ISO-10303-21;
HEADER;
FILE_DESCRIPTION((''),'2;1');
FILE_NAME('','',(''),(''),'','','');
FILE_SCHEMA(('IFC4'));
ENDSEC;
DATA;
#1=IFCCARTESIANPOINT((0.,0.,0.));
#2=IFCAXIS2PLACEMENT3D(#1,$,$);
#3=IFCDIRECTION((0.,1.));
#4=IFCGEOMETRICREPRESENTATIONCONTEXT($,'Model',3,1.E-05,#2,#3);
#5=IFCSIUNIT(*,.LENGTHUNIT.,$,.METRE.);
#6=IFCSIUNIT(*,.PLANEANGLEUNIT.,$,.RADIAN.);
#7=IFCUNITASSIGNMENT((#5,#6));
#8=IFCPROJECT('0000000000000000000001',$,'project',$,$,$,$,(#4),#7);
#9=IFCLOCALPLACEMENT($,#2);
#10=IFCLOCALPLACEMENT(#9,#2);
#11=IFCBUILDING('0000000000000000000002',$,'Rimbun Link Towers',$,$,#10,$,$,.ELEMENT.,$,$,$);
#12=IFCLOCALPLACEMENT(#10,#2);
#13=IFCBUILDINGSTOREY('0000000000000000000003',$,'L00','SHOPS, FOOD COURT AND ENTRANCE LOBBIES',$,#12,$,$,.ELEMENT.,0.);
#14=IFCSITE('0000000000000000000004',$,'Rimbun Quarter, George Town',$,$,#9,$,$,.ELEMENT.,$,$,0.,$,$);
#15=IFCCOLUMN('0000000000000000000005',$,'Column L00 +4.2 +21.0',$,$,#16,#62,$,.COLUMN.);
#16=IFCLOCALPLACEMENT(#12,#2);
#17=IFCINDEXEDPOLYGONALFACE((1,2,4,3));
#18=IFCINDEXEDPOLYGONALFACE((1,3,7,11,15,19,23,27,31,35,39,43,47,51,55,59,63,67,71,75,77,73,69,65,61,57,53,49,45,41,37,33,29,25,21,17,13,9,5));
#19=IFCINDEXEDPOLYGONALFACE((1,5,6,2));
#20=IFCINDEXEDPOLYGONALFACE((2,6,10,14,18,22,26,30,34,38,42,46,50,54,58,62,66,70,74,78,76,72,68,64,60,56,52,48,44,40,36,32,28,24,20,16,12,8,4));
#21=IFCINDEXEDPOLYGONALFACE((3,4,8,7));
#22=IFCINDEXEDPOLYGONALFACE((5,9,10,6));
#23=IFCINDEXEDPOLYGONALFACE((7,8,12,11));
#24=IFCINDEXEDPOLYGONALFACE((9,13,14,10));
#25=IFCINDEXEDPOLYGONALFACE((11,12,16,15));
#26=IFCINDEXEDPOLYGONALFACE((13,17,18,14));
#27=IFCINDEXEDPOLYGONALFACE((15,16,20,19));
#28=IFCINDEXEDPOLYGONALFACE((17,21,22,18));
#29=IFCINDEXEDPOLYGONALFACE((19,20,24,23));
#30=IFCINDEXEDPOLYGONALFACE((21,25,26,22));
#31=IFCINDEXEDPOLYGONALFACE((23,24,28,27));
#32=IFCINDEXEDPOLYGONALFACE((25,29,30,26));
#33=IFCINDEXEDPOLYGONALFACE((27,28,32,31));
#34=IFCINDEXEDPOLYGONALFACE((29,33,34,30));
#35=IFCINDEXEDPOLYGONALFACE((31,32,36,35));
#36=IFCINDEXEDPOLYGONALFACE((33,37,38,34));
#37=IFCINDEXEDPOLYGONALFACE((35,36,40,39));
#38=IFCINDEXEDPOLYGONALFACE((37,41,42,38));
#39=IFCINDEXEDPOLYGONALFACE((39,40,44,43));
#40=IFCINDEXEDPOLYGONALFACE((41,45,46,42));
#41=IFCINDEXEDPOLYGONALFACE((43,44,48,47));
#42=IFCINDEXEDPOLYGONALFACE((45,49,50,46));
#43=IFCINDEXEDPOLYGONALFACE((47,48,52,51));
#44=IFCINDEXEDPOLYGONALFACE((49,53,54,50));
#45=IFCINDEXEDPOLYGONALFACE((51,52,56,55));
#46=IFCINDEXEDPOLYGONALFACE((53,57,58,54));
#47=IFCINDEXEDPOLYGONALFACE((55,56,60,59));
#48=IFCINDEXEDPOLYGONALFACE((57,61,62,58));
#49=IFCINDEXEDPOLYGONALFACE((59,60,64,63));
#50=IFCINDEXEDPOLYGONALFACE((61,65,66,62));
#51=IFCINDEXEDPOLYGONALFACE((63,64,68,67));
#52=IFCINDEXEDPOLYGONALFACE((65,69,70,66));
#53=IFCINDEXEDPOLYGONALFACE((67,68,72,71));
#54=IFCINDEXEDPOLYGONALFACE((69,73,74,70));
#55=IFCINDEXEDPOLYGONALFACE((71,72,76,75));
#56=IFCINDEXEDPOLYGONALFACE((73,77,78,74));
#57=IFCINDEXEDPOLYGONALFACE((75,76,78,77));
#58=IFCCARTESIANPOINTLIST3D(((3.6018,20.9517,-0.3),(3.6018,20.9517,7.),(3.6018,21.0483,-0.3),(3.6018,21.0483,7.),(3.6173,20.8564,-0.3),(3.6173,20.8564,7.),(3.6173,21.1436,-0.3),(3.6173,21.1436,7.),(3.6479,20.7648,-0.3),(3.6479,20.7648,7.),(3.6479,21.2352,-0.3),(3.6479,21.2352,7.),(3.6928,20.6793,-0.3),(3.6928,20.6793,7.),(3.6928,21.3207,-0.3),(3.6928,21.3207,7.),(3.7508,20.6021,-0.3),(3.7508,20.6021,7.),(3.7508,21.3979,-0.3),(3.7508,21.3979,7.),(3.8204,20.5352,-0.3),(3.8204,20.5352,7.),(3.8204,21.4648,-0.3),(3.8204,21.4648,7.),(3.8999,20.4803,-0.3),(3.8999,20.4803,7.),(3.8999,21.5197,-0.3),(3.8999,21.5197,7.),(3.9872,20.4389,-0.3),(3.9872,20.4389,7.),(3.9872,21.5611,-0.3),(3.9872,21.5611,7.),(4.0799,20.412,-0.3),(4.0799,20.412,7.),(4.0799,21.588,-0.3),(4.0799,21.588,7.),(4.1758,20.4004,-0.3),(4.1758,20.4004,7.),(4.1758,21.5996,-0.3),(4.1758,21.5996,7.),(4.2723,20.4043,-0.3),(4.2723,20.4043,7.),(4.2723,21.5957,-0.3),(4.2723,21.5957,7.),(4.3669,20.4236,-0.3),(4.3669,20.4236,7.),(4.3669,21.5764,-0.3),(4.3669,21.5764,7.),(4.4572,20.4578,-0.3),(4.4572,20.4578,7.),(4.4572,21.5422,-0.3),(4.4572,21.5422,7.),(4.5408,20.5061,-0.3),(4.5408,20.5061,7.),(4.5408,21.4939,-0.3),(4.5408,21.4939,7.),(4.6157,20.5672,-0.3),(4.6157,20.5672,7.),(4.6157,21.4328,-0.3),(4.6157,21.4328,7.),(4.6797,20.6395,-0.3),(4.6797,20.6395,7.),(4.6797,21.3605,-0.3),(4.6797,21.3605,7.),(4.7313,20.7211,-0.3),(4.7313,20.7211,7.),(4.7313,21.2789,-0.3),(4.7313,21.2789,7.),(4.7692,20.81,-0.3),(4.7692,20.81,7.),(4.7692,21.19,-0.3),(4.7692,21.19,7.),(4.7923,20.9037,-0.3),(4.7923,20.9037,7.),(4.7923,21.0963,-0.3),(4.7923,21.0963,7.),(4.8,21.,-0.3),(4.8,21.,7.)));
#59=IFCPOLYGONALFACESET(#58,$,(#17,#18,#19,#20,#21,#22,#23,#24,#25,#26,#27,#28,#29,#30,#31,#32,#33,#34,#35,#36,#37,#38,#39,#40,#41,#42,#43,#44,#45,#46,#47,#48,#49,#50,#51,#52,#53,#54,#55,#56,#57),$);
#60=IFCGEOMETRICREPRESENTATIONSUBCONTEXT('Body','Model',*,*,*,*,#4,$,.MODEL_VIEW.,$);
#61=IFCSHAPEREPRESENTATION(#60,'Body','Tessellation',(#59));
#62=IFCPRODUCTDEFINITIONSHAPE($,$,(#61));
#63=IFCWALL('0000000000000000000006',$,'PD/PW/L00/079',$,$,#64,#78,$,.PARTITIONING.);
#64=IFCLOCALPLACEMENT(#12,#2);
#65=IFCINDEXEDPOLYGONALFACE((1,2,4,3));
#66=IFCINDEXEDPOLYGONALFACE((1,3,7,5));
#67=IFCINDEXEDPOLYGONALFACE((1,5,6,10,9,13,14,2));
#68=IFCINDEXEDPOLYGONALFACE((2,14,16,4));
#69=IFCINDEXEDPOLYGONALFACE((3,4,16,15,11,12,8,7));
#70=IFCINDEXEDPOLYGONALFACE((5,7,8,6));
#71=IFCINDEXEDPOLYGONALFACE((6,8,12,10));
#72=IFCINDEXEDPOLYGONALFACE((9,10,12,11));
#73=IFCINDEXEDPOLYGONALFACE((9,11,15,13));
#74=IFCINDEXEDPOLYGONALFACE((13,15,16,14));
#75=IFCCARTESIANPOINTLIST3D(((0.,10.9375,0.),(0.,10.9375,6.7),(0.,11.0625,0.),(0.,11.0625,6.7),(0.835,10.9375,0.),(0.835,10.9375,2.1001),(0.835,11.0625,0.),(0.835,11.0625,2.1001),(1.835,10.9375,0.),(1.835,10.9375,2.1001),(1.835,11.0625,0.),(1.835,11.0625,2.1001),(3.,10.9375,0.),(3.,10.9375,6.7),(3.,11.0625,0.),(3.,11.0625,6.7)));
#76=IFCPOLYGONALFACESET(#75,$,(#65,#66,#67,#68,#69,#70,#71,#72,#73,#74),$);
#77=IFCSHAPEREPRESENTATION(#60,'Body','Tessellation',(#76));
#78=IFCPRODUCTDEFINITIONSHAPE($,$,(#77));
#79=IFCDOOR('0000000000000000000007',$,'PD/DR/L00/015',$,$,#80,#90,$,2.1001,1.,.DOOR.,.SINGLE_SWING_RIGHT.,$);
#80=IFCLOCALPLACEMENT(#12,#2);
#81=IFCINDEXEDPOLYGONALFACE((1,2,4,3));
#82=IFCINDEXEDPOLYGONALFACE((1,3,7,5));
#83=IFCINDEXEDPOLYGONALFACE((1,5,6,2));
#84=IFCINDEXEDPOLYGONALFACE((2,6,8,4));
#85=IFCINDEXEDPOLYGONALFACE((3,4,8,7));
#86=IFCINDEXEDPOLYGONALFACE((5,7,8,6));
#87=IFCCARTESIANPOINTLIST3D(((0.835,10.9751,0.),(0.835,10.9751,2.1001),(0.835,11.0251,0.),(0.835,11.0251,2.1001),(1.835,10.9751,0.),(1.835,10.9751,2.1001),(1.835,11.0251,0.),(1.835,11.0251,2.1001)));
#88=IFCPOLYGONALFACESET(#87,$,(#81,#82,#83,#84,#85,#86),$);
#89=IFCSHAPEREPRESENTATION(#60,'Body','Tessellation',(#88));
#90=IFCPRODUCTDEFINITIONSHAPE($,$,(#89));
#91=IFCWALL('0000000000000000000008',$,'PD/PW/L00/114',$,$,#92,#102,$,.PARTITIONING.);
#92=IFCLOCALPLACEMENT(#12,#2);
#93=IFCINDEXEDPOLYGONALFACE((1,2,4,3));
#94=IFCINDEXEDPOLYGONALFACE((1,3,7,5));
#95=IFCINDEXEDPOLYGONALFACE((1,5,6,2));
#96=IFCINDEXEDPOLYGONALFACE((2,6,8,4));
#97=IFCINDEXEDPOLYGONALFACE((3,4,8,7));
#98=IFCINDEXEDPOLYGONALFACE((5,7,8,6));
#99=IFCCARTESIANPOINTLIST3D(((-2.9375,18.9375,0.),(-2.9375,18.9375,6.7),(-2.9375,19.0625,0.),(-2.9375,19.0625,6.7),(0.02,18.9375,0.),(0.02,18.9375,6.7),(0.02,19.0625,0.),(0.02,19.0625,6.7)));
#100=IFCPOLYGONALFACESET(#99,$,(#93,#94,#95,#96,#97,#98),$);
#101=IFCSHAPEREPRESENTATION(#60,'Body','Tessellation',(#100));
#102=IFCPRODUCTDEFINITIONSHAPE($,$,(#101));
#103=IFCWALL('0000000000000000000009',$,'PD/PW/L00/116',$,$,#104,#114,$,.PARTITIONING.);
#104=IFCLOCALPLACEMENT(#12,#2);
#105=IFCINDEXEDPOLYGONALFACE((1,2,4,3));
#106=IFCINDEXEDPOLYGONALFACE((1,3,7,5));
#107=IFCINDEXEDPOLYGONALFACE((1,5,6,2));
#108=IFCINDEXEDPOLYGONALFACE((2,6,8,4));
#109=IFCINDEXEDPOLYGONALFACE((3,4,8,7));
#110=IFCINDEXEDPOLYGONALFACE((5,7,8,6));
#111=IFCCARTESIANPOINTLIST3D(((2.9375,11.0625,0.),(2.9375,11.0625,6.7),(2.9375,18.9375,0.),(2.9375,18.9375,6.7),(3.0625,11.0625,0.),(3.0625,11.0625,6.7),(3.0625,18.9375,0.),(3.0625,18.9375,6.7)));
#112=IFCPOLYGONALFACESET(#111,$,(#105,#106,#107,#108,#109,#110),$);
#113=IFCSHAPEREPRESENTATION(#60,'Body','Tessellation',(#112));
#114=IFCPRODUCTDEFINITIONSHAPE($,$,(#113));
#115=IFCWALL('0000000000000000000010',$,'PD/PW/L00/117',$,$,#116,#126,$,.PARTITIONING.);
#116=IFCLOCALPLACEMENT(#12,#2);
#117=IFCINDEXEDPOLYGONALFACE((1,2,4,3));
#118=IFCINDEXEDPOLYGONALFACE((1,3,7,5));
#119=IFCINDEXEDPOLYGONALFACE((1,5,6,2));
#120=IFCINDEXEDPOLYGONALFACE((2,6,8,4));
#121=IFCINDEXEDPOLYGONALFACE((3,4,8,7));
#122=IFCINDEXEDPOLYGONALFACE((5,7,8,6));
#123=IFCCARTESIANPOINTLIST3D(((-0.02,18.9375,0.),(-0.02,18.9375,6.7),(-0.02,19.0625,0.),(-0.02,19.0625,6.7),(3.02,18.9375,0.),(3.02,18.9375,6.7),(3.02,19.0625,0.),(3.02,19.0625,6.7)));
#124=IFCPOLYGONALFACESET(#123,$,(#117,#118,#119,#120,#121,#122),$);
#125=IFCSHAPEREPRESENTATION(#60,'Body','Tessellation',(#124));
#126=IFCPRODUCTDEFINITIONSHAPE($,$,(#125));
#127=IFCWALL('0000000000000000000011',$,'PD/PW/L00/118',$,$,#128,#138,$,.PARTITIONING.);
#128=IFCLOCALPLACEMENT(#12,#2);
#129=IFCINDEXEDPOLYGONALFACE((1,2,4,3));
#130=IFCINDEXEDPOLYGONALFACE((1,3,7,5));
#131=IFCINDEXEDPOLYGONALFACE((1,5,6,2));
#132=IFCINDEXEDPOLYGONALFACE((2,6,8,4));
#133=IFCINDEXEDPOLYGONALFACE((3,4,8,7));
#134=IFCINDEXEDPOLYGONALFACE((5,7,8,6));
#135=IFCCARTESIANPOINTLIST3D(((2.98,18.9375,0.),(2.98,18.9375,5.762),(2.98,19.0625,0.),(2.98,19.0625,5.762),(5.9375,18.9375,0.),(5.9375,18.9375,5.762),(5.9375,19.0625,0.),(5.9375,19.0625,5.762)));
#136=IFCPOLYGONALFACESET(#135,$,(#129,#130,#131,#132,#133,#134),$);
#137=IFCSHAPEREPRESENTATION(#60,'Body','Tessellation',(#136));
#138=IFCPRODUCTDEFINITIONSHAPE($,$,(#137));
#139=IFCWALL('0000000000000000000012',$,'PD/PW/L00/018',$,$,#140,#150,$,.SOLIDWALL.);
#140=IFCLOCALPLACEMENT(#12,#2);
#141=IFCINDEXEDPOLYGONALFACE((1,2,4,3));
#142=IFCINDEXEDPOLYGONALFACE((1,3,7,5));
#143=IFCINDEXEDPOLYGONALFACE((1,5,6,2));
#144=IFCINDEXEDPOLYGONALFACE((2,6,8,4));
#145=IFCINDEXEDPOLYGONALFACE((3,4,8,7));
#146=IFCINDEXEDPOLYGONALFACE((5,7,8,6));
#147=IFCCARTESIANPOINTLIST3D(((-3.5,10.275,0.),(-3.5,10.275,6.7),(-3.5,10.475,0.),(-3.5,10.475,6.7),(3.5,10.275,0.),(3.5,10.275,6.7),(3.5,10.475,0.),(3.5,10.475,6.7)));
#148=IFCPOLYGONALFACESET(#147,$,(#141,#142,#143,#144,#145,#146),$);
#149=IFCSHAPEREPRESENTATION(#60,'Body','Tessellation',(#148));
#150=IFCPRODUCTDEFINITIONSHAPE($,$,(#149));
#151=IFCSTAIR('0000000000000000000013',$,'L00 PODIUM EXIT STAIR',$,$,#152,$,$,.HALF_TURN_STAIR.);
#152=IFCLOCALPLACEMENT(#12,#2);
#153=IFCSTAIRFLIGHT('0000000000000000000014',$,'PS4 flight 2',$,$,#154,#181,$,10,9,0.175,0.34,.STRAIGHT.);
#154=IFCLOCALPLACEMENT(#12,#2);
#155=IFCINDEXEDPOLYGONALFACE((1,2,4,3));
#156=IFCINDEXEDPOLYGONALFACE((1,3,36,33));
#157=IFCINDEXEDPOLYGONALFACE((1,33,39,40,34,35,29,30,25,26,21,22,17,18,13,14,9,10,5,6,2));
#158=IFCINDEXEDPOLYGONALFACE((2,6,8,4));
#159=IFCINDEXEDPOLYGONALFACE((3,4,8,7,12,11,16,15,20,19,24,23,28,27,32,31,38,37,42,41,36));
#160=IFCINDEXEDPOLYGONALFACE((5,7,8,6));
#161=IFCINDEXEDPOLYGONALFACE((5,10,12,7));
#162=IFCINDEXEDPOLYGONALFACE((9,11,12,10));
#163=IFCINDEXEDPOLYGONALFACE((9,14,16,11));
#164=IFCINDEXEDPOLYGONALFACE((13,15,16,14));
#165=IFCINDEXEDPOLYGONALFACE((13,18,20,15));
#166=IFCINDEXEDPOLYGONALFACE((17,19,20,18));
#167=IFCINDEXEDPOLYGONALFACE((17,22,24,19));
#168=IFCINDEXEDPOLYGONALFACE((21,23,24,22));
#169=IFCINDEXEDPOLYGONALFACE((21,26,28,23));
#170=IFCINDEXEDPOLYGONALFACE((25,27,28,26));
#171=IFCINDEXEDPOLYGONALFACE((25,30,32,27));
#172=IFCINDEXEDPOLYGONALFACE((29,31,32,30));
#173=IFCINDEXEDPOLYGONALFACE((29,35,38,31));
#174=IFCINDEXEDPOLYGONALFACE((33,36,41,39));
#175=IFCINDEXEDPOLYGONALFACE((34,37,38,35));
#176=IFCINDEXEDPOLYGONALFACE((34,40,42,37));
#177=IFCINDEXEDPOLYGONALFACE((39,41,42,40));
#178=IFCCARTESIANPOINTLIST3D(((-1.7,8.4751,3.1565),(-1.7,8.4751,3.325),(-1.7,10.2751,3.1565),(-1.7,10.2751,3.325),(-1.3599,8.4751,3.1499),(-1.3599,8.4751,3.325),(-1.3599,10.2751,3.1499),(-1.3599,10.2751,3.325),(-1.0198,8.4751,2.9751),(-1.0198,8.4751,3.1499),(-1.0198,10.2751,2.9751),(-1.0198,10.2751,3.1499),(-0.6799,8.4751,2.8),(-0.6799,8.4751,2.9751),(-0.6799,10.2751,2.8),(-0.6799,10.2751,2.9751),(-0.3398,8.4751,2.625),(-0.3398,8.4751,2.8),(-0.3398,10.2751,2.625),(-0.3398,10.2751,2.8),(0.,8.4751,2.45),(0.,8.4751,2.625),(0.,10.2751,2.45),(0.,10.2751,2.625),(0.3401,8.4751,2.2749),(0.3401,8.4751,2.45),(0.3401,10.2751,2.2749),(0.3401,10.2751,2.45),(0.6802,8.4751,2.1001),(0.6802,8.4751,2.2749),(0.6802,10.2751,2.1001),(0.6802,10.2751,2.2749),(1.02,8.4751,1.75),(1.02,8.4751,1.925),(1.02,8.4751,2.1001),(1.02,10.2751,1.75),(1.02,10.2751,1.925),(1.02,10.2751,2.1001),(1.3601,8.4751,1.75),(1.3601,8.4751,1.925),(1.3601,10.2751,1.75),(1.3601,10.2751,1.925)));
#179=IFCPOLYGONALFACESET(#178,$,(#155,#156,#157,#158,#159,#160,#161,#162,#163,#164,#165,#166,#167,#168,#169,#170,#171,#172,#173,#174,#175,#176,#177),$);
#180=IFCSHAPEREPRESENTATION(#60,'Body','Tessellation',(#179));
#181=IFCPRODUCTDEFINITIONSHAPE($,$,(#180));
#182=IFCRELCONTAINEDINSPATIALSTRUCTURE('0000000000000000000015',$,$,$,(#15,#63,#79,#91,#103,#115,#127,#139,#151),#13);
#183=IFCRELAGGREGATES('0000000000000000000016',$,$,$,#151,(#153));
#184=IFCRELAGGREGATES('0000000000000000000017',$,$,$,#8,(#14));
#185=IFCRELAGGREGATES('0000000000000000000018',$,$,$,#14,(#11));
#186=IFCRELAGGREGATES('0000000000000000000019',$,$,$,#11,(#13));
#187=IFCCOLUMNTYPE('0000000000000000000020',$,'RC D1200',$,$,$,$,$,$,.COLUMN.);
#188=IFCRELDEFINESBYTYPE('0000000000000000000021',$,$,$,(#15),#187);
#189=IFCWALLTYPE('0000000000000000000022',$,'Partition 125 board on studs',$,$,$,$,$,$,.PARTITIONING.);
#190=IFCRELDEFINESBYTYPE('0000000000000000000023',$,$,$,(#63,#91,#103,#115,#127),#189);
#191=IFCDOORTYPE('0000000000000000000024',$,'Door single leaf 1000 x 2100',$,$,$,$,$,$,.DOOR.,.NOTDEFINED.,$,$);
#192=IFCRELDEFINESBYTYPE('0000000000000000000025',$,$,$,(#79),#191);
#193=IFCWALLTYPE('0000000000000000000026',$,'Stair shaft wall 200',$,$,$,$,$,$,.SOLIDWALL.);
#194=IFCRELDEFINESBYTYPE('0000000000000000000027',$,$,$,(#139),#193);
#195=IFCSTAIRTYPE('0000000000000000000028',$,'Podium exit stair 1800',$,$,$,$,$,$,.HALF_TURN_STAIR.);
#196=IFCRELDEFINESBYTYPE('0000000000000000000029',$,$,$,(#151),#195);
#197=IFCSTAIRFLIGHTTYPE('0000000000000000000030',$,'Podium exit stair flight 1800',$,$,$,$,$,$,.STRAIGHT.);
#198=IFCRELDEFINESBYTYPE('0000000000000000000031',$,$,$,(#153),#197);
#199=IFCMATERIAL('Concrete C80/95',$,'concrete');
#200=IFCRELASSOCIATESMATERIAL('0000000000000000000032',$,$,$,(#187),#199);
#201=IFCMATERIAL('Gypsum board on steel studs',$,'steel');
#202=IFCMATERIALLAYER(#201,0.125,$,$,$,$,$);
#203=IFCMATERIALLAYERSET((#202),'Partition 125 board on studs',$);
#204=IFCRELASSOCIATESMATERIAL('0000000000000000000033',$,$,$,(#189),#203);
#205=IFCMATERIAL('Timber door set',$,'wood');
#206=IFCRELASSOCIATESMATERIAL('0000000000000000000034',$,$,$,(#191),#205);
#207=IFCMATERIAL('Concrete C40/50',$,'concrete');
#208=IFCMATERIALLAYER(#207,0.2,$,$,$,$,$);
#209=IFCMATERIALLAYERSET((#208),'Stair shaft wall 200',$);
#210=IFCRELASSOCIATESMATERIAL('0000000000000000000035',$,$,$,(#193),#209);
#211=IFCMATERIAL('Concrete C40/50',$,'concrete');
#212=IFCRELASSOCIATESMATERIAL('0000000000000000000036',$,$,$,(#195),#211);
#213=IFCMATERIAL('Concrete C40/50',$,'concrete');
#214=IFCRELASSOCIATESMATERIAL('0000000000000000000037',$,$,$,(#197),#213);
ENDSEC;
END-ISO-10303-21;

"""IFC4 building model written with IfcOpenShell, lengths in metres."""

from ifc_helpers import new_model, si_unit, direction, frame, frame_2d, origin, origin_2d, place, context, subcontext, project, spatial, polyline, rectangle, circle, outline, extrude, material, layer, layer_set, material_profile, profile_set, type_object, element, fill, aggregate, save


model = new_model("IFC4")

# Units and contexts
model_context = context("Model", 3, precision=1e-05, world=origin(), true_north=direction((0.0, 1.0)))
body_context = subcontext(model_context, "Body", "Model", "MODEL_VIEW")
ifc_project = project(units=[si_unit("LENGTHUNIT", "METRE"), si_unit("PLANEANGLEUNIT", "RADIAN")], contexts=[model_context])

# Site, building, storey
site_placement = place(None, origin())
site = spatial("IfcSite", under=ifc_project, at=site_placement, Name="Rimbun Quarter, George Town", CompositionType="ELEMENT", RefElevation=0.0)
building_placement = place(site_placement, origin())
building = spatial("IfcBuilding", under=site, at=building_placement, Name="Rimbun Link Towers", CompositionType="ELEMENT")
storey_placement = place(building_placement, origin())
storey = spatial("IfcBuildingStorey", under=building, at=storey_placement, Name="L00", Description="SHOPS, FOOD COURT AND ENTRANCE LOBBIES", CompositionType="ELEMENT", Elevation=0.0)

# Column
ifc_material_1 = material(Name="Concrete C80/95", Category="concrete")
ifc_material_profile_1 = material_profile(ifc_material_1, circle(Radius=0.6001, at=origin_2d()), Name="RC D1200")
ifc_profile_set_1 = profile_set([ifc_material_profile_1], Name="Concrete C80/95")
column_type = type_object("IfcColumnType", Name="RC D1200", PredefinedType="COLUMN", material=ifc_profile_set_1)
column_placement = place(storey_placement, frame((4.2, 21.0, -0.3), z_axis=(0.0, 0.0, 1.0), x_axis=(1.0, 0.0, 0.0)))
element("IfcColumn", 1, at=column_placement, inside=storey, type_object=column_type, Name="Column L00 +4.2 +21.0", PredefinedType="COLUMN", context=body_context, shape_type="SweptSolid", body=[
    extrude(circle(Radius=0.6001, at=origin_2d()), origin(), (0.0, 0.0, 1.0), 7.3),
])

# Wall, opening, door
ifc_material_2 = material(Name="Gypsum board on steel studs", Category="steel")
ifc_layer_1 = layer(ifc_material_2, 0.125)
ifc_layer_set_1 = layer_set([ifc_layer_1], Name="Partition 125 board on studs")
wall_type_1 = type_object("IfcWallType", Name="Partition 125 board on studs", PredefinedType="PARTITIONING", material=ifc_layer_set_1)
wall_1_placement = place(storey_placement, frame((3.0, 11.0, 0.0), z_axis=(0.0, 0.0, 1.0), x_axis=(-1.0, 0.0, 0.0)))
wall_1 = element("IfcWall", 2, at=wall_1_placement, inside=storey, type_object=wall_type_1, Name="PD/PW/L00/079", PredefinedType="PARTITIONING", context=body_context, shape_type="SweptSolid", body=[
    extrude(rectangle(XDim=3.0, YDim=0.125, at=frame_2d((1.5, 0.0))), origin(), (0.0, 0.0, 1.0), 6.7),
])
opening_placement = place(wall_1_placement, frame((1.165, 0.0, 0.0)))
opening = element("IfcOpeningElement", 3, at=opening_placement, cuts=wall_1, PredefinedType="OPENING", context=body_context, shape_type="SweptSolid", body=[
    extrude(rectangle(XDim=1.0, YDim=2.1001, at=frame_2d((0.5, 1.05))), frame((0.0, 0.0725, 0.0), z_axis=(0.0, -1.0, 0.0), x_axis=(1.0, 0.0, 0.0)), (0.0, 0.0, 1.0), 0.145),
])
ifc_material_3 = material(Name="Timber door set", Category="wood")
door_type = type_object("IfcDoorType", Name="Door single leaf 1000 x 2100", OperationType="NOTDEFINED", PredefinedType="DOOR", material=ifc_material_3)
door_placement = place(opening_placement, origin())
door = element("IfcDoor", 4, at=door_placement, inside=storey, type_object=door_type, Name="PD/DR/L00/015", OperationType="SINGLE_SWING_RIGHT", OverallHeight=2.1001, OverallWidth=1.0, PredefinedType="DOOR", context=body_context, shape_type="SweptSolid", body=[
    extrude(rectangle(XDim=1.0, YDim=2.1001, at=frame_2d((0.5, 1.05))), frame((0.0, 0.0249, 0.0), z_axis=(0.0, -1.0, 0.0), x_axis=(1.0, 0.0, 0.0)), (0.0, 0.0, 1.0), 0.05),
])
fill(opening, door)

# Walls
wall_2_placement = place(storey_placement, frame((0.02, 19.0, 0.0), z_axis=(0.0, 0.0, 1.0), x_axis=(-1.0, 0.0, 0.0)))
element("IfcWall", 5, at=wall_2_placement, inside=storey, type_object=wall_type_1, Name="PD/PW/L00/114", PredefinedType="PARTITIONING", context=body_context, shape_type="SweptSolid", body=[
    extrude(rectangle(XDim=2.9575, YDim=0.125, at=frame_2d((1.4788, 0.0))), origin(), (0.0, 0.0, 1.0), 6.7),
])
wall_3_placement = place(storey_placement, frame((3.0, 11.0625, 0.0), z_axis=(0.0, 0.0, 1.0), x_axis=(0.0, 1.0, 0.0)))
element("IfcWall", 6, at=wall_3_placement, inside=storey, type_object=wall_type_1, Name="PD/PW/L00/116", PredefinedType="PARTITIONING", context=body_context, shape_type="SweptSolid", body=[
    extrude(rectangle(XDim=7.875, YDim=0.125, at=frame_2d((3.9375, 0.0))), origin(), (0.0, 0.0, 1.0), 6.7),
])
wall_4_placement = place(storey_placement, frame((3.02, 19.0, 0.0), z_axis=(0.0, 0.0, 1.0), x_axis=(-1.0, 0.0, 0.0)))
element("IfcWall", 7, at=wall_4_placement, inside=storey, type_object=wall_type_1, Name="PD/PW/L00/117", PredefinedType="PARTITIONING", context=body_context, shape_type="SweptSolid", body=[
    extrude(rectangle(XDim=3.04, YDim=0.125, at=frame_2d((1.52, 0.0))), origin(), (0.0, 0.0, 1.0), 6.7),
])
wall_5_placement = place(storey_placement, frame((5.9375, 19.0, 0.0), z_axis=(0.0, 0.0, 1.0), x_axis=(-1.0, 0.0, 0.0)))
element("IfcWall", 8, at=wall_5_placement, inside=storey, type_object=wall_type_1, Name="PD/PW/L00/118", PredefinedType="PARTITIONING", context=body_context, shape_type="SweptSolid", body=[
    extrude(rectangle(XDim=2.9575, YDim=0.125, at=frame_2d((1.4788, 0.0))), origin(), (0.0, 0.0, 1.0), 5.762),
])
ifc_material_4 = material(Name="Concrete C40/50", Category="concrete")
ifc_layer_2 = layer(ifc_material_4, 0.2)
ifc_layer_set_2 = layer_set([ifc_layer_2], Name="Stair shaft wall 200")
wall_type_2 = type_object("IfcWallType", Name="Stair shaft wall 200", PredefinedType="SOLIDWALL", material=ifc_layer_set_2)
wall_6_placement = place(storey_placement, frame((3.5, 10.375, 0.0), z_axis=(0.0, 0.0, 1.0), x_axis=(-1.0, 0.0, 0.0)))
element("IfcWall", 9, at=wall_6_placement, inside=storey, type_object=wall_type_2, Name="PD/PW/L00/018", PredefinedType="SOLIDWALL", context=body_context, shape_type="SweptSolid", body=[
    extrude(rectangle(XDim=7.0, YDim=0.2, at=frame_2d((3.5, 0.0))), origin(), (0.0, 0.0, 1.0), 6.7),
])

# Stair, stair flight
ifc_material_5 = material(Name="Concrete C40/50", Category="concrete")
stair_type = type_object("IfcStairType", Name="Podium exit stair 1800", PredefinedType="HALF_TURN_STAIR", material=ifc_material_5)
stair_placement = place(storey_placement, origin())
stair = element("IfcStair", 10, at=stair_placement, inside=storey, type_object=stair_type, Name="L00 PODIUM EXIT STAIR", PredefinedType="HALF_TURN_STAIR")
ifc_material_6 = material(Name="Concrete C40/50", Category="concrete")
stair_flight_type = type_object("IfcStairFlightType", Name="Podium exit stair flight 1800", PredefinedType="STRAIGHT", material=ifc_material_6)
stair_flight_1_placement = place(storey_placement, frame((1.3601, 9.375, 1.75), z_axis=(0.0, 0.0, 1.0), x_axis=(-1.0, 0.0, 0.0)))
stair_flight_1 = element("IfcStairFlight", 11, at=stair_flight_1_placement, type_object=stair_flight_type, Name="PS4 flight 2", NumberOfRisers=10, NumberOfTreads=9, PredefinedType="STRAIGHT", RiserHeight=0.175, TreadLength=0.34, context=body_context, shape_type="SweptSolid", body=[
    extrude(outline(polyline([(0.0, 0.0), (0.0, 0.175), (0.3401, 0.175), (0.3401, 0.3501), (0.6799, 0.3501), (0.6799, 0.5249), (1.02, 0.5249), (1.02, 0.7), (1.3601, 0.7), (1.3601, 0.875), (1.7, 0.875), (1.7, 1.05), (2.04, 1.05), (2.04, 1.2251), (2.3799, 1.2251), (2.3799, 1.3999), (2.72, 1.3999), (2.72, 1.575), (3.0601, 1.575), (3.0601, 1.75), (3.0601, 1.4065), (0.3401, 0.0), (0.0, 0.0)])), frame((0.0, 0.8999, 0.0), z_axis=(0.0, -1.0, 0.0), x_axis=(1.0, 0.0, 0.0)), (0.0, 0.0, 1.0), 1.8),
])
aggregate(stair, [stair_flight_1])

save(model, "model.ifc")
